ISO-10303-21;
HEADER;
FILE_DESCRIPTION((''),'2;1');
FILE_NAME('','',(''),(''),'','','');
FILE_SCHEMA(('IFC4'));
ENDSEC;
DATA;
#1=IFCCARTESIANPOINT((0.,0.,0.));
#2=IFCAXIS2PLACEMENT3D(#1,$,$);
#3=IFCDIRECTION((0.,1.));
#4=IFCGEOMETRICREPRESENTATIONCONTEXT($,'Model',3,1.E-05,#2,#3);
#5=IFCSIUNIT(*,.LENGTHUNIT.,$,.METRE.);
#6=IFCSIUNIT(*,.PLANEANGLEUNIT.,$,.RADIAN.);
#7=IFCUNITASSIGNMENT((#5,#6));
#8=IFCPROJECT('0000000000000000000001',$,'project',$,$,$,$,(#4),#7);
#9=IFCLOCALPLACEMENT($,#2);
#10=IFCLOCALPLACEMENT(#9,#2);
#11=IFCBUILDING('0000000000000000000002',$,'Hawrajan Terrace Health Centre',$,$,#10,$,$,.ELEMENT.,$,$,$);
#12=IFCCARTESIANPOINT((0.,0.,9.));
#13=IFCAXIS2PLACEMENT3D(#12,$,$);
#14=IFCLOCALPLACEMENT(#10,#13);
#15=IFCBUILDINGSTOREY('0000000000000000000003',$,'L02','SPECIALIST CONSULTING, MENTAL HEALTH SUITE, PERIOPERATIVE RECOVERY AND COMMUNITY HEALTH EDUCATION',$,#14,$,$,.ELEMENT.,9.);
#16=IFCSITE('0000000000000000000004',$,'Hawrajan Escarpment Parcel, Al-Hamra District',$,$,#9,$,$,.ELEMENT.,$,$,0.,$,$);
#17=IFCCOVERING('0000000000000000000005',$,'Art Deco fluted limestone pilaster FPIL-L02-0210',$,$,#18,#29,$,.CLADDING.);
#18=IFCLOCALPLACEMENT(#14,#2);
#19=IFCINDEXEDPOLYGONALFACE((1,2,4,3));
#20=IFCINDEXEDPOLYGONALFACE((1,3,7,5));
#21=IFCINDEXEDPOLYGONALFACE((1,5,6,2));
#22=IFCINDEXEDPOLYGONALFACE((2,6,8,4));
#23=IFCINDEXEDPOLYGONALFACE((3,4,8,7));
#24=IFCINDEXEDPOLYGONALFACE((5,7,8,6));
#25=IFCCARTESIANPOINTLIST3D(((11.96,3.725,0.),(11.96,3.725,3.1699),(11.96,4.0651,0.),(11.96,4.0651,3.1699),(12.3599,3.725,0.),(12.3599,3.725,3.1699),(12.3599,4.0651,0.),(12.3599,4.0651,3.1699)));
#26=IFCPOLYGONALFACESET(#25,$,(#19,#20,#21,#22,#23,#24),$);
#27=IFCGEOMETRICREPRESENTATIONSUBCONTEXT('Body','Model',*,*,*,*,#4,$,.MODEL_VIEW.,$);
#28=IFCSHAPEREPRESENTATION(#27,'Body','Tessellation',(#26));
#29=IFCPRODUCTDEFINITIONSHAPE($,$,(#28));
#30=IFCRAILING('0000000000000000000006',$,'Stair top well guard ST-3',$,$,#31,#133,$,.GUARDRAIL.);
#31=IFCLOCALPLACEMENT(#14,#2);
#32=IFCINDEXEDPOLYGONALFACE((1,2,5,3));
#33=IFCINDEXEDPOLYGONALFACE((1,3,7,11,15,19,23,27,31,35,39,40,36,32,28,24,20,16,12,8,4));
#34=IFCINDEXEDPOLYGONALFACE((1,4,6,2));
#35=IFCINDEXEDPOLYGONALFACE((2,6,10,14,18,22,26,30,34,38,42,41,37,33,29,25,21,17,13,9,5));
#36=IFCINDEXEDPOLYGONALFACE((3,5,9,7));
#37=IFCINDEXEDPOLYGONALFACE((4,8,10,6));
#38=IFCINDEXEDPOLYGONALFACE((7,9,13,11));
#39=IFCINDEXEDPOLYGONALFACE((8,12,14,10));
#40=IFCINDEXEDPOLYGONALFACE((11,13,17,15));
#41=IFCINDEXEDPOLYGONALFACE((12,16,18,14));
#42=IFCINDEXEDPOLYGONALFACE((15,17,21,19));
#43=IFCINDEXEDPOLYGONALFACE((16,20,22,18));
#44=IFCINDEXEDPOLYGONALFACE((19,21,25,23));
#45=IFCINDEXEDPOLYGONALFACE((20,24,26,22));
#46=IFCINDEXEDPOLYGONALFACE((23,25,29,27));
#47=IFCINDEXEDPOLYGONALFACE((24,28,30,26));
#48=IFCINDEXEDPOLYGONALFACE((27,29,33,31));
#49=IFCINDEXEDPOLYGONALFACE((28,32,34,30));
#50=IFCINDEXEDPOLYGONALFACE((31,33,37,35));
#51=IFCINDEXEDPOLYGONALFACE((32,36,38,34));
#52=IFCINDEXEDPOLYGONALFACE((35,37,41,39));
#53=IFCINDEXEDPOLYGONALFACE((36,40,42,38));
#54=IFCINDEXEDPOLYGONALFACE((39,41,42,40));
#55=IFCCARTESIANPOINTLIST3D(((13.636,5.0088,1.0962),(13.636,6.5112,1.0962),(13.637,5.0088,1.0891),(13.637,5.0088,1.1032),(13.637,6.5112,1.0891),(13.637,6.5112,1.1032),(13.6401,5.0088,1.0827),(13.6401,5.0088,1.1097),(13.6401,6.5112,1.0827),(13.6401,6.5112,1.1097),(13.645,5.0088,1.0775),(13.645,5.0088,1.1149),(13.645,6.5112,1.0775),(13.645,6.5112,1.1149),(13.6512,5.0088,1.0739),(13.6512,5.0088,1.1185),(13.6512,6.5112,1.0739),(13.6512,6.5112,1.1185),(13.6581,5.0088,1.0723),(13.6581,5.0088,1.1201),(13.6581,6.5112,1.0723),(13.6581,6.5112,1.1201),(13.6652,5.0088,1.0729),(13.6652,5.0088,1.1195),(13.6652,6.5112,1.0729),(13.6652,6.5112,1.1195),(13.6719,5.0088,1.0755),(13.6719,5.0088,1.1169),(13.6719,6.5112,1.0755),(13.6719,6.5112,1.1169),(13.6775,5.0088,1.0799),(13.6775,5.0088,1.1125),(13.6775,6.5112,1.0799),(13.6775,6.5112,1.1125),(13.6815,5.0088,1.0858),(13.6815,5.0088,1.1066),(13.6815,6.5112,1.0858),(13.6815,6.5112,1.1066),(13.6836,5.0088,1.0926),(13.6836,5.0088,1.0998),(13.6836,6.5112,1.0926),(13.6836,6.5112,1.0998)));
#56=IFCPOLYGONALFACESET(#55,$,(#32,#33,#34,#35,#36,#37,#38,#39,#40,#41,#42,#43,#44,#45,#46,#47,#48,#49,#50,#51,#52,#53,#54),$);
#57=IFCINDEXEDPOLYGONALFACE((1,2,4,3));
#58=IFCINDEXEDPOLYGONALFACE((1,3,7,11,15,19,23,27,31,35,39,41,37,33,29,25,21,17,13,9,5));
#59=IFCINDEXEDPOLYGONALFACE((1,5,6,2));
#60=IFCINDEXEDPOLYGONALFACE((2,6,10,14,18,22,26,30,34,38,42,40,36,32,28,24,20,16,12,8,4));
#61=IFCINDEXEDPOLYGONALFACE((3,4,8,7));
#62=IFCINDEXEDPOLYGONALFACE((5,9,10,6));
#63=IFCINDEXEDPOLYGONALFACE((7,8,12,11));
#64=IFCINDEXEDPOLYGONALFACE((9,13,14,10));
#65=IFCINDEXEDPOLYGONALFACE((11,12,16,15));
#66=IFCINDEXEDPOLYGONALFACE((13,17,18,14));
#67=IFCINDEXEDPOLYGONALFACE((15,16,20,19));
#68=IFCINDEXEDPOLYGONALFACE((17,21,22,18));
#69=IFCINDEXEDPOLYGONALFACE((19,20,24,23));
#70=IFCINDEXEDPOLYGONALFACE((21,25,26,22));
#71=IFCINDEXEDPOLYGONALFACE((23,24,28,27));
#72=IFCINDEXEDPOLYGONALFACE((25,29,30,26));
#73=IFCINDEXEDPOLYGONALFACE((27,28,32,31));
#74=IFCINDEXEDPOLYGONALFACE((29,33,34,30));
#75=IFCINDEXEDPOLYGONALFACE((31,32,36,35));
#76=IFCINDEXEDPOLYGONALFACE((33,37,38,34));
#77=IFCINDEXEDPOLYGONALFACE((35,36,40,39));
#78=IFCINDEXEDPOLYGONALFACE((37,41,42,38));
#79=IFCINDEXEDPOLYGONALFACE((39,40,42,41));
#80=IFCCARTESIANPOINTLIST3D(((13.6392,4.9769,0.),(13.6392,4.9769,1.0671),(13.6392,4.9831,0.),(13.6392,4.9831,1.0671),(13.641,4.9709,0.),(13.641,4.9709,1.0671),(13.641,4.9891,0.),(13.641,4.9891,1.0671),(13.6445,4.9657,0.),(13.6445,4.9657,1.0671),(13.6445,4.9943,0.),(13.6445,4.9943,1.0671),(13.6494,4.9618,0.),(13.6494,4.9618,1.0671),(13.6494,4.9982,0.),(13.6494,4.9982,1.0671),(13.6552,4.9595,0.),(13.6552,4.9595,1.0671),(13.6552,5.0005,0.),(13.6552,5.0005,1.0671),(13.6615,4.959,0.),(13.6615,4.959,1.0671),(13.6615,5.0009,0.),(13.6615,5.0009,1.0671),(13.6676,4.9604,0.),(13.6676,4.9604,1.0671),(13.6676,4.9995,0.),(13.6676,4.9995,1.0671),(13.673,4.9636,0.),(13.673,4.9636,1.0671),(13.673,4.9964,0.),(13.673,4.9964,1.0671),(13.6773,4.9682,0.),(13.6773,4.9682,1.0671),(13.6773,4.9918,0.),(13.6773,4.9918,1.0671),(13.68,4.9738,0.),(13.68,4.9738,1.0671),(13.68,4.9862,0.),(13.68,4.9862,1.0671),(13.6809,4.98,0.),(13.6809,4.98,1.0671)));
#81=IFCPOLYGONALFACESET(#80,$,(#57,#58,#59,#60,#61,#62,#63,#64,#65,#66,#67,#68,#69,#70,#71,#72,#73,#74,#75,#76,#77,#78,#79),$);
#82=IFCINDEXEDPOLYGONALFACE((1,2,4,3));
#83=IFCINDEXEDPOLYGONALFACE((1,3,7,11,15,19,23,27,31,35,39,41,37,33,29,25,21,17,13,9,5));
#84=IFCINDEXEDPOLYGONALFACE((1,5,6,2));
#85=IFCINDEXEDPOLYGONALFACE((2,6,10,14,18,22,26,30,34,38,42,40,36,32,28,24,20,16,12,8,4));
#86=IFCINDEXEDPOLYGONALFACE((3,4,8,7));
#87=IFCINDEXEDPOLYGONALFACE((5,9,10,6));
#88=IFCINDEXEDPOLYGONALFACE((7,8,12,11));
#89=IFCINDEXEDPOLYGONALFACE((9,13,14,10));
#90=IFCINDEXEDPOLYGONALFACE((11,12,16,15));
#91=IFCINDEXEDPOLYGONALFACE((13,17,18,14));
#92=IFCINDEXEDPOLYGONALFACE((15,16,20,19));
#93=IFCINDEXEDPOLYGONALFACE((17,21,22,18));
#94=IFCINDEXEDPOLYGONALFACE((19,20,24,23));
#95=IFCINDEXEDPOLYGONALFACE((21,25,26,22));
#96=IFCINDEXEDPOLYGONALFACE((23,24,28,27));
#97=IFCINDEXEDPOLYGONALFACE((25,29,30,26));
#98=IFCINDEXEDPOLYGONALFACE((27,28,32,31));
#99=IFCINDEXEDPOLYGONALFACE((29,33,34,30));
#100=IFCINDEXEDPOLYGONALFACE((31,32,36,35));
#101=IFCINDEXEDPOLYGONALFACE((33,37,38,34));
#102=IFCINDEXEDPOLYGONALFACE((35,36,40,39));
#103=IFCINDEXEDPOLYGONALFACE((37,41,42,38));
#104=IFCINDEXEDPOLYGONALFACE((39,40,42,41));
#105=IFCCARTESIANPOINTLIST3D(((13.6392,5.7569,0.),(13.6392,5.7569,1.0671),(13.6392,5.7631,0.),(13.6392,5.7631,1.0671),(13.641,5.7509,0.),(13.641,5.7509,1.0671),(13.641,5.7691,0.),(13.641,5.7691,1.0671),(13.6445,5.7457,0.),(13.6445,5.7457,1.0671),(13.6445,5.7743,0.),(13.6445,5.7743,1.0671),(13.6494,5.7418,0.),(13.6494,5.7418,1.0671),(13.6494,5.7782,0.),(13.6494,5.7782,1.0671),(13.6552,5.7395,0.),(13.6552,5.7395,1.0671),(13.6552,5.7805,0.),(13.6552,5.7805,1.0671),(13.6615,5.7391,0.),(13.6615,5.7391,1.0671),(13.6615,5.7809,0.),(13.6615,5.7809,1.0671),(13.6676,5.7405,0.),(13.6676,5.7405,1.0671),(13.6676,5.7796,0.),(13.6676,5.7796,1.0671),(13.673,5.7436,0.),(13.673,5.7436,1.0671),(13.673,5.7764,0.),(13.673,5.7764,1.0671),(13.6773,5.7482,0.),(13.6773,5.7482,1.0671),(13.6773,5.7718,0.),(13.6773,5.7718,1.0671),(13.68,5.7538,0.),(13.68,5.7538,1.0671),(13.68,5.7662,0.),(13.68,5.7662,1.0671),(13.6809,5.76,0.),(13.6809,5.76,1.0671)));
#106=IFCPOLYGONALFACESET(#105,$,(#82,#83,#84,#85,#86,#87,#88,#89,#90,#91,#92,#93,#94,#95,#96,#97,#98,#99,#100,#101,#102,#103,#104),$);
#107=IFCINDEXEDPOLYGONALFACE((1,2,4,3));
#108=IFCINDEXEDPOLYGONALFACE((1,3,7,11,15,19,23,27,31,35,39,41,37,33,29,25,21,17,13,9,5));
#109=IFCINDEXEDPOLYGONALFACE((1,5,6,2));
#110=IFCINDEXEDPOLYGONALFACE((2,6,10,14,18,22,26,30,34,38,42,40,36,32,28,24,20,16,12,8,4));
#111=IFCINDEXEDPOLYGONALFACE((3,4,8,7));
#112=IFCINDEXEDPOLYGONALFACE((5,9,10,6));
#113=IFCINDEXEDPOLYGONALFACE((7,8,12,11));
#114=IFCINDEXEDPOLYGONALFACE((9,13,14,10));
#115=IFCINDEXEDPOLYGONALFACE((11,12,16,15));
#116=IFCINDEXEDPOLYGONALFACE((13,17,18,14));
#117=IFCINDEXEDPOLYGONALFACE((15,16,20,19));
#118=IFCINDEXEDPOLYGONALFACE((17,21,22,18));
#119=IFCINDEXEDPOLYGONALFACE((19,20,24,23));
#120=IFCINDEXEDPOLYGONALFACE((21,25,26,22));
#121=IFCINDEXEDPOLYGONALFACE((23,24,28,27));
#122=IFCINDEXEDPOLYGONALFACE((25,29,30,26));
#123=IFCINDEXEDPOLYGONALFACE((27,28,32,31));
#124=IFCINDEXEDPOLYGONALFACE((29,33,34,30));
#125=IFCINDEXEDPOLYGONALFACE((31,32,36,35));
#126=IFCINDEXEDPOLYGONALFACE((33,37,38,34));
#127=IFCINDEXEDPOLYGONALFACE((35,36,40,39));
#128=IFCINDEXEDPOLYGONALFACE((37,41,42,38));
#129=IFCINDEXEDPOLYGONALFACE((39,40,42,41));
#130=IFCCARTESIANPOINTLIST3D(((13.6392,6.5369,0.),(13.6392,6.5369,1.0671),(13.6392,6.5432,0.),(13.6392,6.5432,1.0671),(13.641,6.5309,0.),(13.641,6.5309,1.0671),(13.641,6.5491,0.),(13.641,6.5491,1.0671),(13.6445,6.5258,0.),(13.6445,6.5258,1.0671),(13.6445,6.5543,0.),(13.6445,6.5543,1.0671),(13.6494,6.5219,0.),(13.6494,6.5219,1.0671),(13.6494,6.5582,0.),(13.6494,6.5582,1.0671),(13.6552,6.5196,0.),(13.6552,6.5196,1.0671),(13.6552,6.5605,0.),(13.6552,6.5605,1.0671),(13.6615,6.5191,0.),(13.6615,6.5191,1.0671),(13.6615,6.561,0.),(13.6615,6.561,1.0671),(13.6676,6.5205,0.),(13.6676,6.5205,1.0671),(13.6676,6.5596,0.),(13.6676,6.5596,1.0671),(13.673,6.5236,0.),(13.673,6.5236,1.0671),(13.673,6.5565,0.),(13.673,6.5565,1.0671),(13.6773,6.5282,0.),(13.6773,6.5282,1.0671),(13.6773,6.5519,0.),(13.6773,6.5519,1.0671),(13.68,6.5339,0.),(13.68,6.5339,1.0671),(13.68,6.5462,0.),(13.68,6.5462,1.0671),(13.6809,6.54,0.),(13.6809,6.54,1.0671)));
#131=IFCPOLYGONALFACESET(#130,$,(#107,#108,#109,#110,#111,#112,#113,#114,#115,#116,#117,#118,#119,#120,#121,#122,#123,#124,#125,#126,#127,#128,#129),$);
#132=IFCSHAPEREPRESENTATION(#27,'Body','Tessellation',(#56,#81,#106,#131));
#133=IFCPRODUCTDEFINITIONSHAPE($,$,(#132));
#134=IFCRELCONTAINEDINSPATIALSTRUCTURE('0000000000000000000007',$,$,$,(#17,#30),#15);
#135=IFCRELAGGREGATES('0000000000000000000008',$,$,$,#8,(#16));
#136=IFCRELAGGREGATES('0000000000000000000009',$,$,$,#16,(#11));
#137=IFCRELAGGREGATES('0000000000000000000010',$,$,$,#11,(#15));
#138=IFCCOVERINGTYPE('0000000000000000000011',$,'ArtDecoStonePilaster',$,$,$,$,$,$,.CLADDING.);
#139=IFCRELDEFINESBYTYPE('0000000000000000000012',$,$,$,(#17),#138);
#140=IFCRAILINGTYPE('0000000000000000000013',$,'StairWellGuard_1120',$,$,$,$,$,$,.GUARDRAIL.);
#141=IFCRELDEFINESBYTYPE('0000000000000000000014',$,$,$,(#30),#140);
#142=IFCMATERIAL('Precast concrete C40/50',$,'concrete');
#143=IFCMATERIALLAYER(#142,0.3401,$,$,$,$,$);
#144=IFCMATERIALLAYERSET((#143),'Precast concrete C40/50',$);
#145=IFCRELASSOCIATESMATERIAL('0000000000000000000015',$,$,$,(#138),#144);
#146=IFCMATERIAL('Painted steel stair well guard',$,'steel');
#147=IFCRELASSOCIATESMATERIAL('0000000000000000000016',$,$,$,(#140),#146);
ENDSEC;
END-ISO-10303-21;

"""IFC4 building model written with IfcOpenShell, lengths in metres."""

from ifc_helpers import new_model, si_unit, direction, frame, origin, origin_2d, place, context, subcontext, project, spatial, rectangle, circle, extrude, material, layer, layer_set, type_object, element, save


model = new_model("IFC4")

# Units and contexts
model_context = context("Model", 3, precision=1e-05, world=origin(), true_north=direction((0.0, 1.0)))
body_context = subcontext(model_context, "Body", "Model", "MODEL_VIEW")
ifc_project = project(units=[si_unit("LENGTHUNIT", "METRE"), si_unit("PLANEANGLEUNIT", "RADIAN")], contexts=[model_context])

# Site, building, storey
site_placement = place(None, origin())
site = spatial("IfcSite", under=ifc_project, at=site_placement, Name="Hawrajan Escarpment Parcel, Al-Hamra District", CompositionType="ELEMENT", RefElevation=0.0)
building_placement = place(site_placement, origin())
building = spatial("IfcBuilding", under=site, at=building_placement, Name="Hawrajan Terrace Health Centre", CompositionType="ELEMENT")
storey_placement = place(building_placement, frame((0.0, 0.0, 9.0)))
storey = spatial("IfcBuildingStorey", under=building, at=storey_placement, Name="L02", Description="SPECIALIST CONSULTING, MENTAL HEALTH SUITE, PERIOPERATIVE RECOVERY AND COMMUNITY HEALTH EDUCATION", CompositionType="ELEMENT", Elevation=9.0)

# Shared definitions
ifc_material_1 = material(Name="Precast concrete C40/50", Category="concrete")

# Covering
ifc_layer_1 = layer(ifc_material_1, 0.3401)
ifc_layer_set_1 = layer_set([ifc_layer_1], Name="Precast concrete C40/50")
covering_type_1 = type_object("IfcCoveringType", Name="ArtDecoStonePilaster", PredefinedType="CLADDING", material=ifc_layer_set_1)
covering_1_placement = place(storey_placement, frame((12.1599, 3.895, 0.0), z_axis=(0.0, 0.0, 1.0), x_axis=(1.0, 0.0, 0.0)))
element("IfcCovering", 1, at=covering_1_placement, inside=storey, type_object=covering_type_1, Name="Art Deco fluted limestone pilaster FPIL-L02-0210", PredefinedType="CLADDING", context=body_context, shape_type="SweptSolid", body=[
    extrude(rectangle(XDim=0.3999, YDim=0.3401, at=origin_2d()), origin(), (0.0, 0.0, 1.0), 3.1699),
])

# Railing
ifc_material_2 = material(Name="Painted steel stair well guard", Category="steel")
railing_type = type_object("IfcRailingType", Name="StairWellGuard_1120", PredefinedType="GUARDRAIL", material=ifc_material_2)
railing_placement = place(storey_placement, frame((13.6599, 4.98, 0.0)))
element("IfcRailing", 2, at=railing_placement, inside=storey, type_object=railing_type, Name="Stair top well guard ST-3", PredefinedType="GUARDRAIL", context=body_context, shape_type="SweptSolid", body=[
    extrude(circle(Radius=0.0239, at=origin_2d()), frame((0.0, 0.0288, 1.0962), z_axis=(0.0, 1.0, 0.0), x_axis=(-1.0, 0.0, 0.0)), (0.0, 0.0, 1.0), 1.5024),
    extrude(circle(Radius=0.021, at=origin_2d()), origin(), (0.0, 0.0, 1.0), 1.0671),
    extrude(circle(Radius=0.021, at=origin_2d()), frame((0.0, 0.78, 0.0)), (0.0, 0.0, 1.0), 1.0671),
    extrude(circle(Radius=0.021, at=origin_2d()), frame((0.0, 1.5601, 0.0)), (0.0, 0.0, 1.0), 1.0671),
])

save(model, "model.ifc")
